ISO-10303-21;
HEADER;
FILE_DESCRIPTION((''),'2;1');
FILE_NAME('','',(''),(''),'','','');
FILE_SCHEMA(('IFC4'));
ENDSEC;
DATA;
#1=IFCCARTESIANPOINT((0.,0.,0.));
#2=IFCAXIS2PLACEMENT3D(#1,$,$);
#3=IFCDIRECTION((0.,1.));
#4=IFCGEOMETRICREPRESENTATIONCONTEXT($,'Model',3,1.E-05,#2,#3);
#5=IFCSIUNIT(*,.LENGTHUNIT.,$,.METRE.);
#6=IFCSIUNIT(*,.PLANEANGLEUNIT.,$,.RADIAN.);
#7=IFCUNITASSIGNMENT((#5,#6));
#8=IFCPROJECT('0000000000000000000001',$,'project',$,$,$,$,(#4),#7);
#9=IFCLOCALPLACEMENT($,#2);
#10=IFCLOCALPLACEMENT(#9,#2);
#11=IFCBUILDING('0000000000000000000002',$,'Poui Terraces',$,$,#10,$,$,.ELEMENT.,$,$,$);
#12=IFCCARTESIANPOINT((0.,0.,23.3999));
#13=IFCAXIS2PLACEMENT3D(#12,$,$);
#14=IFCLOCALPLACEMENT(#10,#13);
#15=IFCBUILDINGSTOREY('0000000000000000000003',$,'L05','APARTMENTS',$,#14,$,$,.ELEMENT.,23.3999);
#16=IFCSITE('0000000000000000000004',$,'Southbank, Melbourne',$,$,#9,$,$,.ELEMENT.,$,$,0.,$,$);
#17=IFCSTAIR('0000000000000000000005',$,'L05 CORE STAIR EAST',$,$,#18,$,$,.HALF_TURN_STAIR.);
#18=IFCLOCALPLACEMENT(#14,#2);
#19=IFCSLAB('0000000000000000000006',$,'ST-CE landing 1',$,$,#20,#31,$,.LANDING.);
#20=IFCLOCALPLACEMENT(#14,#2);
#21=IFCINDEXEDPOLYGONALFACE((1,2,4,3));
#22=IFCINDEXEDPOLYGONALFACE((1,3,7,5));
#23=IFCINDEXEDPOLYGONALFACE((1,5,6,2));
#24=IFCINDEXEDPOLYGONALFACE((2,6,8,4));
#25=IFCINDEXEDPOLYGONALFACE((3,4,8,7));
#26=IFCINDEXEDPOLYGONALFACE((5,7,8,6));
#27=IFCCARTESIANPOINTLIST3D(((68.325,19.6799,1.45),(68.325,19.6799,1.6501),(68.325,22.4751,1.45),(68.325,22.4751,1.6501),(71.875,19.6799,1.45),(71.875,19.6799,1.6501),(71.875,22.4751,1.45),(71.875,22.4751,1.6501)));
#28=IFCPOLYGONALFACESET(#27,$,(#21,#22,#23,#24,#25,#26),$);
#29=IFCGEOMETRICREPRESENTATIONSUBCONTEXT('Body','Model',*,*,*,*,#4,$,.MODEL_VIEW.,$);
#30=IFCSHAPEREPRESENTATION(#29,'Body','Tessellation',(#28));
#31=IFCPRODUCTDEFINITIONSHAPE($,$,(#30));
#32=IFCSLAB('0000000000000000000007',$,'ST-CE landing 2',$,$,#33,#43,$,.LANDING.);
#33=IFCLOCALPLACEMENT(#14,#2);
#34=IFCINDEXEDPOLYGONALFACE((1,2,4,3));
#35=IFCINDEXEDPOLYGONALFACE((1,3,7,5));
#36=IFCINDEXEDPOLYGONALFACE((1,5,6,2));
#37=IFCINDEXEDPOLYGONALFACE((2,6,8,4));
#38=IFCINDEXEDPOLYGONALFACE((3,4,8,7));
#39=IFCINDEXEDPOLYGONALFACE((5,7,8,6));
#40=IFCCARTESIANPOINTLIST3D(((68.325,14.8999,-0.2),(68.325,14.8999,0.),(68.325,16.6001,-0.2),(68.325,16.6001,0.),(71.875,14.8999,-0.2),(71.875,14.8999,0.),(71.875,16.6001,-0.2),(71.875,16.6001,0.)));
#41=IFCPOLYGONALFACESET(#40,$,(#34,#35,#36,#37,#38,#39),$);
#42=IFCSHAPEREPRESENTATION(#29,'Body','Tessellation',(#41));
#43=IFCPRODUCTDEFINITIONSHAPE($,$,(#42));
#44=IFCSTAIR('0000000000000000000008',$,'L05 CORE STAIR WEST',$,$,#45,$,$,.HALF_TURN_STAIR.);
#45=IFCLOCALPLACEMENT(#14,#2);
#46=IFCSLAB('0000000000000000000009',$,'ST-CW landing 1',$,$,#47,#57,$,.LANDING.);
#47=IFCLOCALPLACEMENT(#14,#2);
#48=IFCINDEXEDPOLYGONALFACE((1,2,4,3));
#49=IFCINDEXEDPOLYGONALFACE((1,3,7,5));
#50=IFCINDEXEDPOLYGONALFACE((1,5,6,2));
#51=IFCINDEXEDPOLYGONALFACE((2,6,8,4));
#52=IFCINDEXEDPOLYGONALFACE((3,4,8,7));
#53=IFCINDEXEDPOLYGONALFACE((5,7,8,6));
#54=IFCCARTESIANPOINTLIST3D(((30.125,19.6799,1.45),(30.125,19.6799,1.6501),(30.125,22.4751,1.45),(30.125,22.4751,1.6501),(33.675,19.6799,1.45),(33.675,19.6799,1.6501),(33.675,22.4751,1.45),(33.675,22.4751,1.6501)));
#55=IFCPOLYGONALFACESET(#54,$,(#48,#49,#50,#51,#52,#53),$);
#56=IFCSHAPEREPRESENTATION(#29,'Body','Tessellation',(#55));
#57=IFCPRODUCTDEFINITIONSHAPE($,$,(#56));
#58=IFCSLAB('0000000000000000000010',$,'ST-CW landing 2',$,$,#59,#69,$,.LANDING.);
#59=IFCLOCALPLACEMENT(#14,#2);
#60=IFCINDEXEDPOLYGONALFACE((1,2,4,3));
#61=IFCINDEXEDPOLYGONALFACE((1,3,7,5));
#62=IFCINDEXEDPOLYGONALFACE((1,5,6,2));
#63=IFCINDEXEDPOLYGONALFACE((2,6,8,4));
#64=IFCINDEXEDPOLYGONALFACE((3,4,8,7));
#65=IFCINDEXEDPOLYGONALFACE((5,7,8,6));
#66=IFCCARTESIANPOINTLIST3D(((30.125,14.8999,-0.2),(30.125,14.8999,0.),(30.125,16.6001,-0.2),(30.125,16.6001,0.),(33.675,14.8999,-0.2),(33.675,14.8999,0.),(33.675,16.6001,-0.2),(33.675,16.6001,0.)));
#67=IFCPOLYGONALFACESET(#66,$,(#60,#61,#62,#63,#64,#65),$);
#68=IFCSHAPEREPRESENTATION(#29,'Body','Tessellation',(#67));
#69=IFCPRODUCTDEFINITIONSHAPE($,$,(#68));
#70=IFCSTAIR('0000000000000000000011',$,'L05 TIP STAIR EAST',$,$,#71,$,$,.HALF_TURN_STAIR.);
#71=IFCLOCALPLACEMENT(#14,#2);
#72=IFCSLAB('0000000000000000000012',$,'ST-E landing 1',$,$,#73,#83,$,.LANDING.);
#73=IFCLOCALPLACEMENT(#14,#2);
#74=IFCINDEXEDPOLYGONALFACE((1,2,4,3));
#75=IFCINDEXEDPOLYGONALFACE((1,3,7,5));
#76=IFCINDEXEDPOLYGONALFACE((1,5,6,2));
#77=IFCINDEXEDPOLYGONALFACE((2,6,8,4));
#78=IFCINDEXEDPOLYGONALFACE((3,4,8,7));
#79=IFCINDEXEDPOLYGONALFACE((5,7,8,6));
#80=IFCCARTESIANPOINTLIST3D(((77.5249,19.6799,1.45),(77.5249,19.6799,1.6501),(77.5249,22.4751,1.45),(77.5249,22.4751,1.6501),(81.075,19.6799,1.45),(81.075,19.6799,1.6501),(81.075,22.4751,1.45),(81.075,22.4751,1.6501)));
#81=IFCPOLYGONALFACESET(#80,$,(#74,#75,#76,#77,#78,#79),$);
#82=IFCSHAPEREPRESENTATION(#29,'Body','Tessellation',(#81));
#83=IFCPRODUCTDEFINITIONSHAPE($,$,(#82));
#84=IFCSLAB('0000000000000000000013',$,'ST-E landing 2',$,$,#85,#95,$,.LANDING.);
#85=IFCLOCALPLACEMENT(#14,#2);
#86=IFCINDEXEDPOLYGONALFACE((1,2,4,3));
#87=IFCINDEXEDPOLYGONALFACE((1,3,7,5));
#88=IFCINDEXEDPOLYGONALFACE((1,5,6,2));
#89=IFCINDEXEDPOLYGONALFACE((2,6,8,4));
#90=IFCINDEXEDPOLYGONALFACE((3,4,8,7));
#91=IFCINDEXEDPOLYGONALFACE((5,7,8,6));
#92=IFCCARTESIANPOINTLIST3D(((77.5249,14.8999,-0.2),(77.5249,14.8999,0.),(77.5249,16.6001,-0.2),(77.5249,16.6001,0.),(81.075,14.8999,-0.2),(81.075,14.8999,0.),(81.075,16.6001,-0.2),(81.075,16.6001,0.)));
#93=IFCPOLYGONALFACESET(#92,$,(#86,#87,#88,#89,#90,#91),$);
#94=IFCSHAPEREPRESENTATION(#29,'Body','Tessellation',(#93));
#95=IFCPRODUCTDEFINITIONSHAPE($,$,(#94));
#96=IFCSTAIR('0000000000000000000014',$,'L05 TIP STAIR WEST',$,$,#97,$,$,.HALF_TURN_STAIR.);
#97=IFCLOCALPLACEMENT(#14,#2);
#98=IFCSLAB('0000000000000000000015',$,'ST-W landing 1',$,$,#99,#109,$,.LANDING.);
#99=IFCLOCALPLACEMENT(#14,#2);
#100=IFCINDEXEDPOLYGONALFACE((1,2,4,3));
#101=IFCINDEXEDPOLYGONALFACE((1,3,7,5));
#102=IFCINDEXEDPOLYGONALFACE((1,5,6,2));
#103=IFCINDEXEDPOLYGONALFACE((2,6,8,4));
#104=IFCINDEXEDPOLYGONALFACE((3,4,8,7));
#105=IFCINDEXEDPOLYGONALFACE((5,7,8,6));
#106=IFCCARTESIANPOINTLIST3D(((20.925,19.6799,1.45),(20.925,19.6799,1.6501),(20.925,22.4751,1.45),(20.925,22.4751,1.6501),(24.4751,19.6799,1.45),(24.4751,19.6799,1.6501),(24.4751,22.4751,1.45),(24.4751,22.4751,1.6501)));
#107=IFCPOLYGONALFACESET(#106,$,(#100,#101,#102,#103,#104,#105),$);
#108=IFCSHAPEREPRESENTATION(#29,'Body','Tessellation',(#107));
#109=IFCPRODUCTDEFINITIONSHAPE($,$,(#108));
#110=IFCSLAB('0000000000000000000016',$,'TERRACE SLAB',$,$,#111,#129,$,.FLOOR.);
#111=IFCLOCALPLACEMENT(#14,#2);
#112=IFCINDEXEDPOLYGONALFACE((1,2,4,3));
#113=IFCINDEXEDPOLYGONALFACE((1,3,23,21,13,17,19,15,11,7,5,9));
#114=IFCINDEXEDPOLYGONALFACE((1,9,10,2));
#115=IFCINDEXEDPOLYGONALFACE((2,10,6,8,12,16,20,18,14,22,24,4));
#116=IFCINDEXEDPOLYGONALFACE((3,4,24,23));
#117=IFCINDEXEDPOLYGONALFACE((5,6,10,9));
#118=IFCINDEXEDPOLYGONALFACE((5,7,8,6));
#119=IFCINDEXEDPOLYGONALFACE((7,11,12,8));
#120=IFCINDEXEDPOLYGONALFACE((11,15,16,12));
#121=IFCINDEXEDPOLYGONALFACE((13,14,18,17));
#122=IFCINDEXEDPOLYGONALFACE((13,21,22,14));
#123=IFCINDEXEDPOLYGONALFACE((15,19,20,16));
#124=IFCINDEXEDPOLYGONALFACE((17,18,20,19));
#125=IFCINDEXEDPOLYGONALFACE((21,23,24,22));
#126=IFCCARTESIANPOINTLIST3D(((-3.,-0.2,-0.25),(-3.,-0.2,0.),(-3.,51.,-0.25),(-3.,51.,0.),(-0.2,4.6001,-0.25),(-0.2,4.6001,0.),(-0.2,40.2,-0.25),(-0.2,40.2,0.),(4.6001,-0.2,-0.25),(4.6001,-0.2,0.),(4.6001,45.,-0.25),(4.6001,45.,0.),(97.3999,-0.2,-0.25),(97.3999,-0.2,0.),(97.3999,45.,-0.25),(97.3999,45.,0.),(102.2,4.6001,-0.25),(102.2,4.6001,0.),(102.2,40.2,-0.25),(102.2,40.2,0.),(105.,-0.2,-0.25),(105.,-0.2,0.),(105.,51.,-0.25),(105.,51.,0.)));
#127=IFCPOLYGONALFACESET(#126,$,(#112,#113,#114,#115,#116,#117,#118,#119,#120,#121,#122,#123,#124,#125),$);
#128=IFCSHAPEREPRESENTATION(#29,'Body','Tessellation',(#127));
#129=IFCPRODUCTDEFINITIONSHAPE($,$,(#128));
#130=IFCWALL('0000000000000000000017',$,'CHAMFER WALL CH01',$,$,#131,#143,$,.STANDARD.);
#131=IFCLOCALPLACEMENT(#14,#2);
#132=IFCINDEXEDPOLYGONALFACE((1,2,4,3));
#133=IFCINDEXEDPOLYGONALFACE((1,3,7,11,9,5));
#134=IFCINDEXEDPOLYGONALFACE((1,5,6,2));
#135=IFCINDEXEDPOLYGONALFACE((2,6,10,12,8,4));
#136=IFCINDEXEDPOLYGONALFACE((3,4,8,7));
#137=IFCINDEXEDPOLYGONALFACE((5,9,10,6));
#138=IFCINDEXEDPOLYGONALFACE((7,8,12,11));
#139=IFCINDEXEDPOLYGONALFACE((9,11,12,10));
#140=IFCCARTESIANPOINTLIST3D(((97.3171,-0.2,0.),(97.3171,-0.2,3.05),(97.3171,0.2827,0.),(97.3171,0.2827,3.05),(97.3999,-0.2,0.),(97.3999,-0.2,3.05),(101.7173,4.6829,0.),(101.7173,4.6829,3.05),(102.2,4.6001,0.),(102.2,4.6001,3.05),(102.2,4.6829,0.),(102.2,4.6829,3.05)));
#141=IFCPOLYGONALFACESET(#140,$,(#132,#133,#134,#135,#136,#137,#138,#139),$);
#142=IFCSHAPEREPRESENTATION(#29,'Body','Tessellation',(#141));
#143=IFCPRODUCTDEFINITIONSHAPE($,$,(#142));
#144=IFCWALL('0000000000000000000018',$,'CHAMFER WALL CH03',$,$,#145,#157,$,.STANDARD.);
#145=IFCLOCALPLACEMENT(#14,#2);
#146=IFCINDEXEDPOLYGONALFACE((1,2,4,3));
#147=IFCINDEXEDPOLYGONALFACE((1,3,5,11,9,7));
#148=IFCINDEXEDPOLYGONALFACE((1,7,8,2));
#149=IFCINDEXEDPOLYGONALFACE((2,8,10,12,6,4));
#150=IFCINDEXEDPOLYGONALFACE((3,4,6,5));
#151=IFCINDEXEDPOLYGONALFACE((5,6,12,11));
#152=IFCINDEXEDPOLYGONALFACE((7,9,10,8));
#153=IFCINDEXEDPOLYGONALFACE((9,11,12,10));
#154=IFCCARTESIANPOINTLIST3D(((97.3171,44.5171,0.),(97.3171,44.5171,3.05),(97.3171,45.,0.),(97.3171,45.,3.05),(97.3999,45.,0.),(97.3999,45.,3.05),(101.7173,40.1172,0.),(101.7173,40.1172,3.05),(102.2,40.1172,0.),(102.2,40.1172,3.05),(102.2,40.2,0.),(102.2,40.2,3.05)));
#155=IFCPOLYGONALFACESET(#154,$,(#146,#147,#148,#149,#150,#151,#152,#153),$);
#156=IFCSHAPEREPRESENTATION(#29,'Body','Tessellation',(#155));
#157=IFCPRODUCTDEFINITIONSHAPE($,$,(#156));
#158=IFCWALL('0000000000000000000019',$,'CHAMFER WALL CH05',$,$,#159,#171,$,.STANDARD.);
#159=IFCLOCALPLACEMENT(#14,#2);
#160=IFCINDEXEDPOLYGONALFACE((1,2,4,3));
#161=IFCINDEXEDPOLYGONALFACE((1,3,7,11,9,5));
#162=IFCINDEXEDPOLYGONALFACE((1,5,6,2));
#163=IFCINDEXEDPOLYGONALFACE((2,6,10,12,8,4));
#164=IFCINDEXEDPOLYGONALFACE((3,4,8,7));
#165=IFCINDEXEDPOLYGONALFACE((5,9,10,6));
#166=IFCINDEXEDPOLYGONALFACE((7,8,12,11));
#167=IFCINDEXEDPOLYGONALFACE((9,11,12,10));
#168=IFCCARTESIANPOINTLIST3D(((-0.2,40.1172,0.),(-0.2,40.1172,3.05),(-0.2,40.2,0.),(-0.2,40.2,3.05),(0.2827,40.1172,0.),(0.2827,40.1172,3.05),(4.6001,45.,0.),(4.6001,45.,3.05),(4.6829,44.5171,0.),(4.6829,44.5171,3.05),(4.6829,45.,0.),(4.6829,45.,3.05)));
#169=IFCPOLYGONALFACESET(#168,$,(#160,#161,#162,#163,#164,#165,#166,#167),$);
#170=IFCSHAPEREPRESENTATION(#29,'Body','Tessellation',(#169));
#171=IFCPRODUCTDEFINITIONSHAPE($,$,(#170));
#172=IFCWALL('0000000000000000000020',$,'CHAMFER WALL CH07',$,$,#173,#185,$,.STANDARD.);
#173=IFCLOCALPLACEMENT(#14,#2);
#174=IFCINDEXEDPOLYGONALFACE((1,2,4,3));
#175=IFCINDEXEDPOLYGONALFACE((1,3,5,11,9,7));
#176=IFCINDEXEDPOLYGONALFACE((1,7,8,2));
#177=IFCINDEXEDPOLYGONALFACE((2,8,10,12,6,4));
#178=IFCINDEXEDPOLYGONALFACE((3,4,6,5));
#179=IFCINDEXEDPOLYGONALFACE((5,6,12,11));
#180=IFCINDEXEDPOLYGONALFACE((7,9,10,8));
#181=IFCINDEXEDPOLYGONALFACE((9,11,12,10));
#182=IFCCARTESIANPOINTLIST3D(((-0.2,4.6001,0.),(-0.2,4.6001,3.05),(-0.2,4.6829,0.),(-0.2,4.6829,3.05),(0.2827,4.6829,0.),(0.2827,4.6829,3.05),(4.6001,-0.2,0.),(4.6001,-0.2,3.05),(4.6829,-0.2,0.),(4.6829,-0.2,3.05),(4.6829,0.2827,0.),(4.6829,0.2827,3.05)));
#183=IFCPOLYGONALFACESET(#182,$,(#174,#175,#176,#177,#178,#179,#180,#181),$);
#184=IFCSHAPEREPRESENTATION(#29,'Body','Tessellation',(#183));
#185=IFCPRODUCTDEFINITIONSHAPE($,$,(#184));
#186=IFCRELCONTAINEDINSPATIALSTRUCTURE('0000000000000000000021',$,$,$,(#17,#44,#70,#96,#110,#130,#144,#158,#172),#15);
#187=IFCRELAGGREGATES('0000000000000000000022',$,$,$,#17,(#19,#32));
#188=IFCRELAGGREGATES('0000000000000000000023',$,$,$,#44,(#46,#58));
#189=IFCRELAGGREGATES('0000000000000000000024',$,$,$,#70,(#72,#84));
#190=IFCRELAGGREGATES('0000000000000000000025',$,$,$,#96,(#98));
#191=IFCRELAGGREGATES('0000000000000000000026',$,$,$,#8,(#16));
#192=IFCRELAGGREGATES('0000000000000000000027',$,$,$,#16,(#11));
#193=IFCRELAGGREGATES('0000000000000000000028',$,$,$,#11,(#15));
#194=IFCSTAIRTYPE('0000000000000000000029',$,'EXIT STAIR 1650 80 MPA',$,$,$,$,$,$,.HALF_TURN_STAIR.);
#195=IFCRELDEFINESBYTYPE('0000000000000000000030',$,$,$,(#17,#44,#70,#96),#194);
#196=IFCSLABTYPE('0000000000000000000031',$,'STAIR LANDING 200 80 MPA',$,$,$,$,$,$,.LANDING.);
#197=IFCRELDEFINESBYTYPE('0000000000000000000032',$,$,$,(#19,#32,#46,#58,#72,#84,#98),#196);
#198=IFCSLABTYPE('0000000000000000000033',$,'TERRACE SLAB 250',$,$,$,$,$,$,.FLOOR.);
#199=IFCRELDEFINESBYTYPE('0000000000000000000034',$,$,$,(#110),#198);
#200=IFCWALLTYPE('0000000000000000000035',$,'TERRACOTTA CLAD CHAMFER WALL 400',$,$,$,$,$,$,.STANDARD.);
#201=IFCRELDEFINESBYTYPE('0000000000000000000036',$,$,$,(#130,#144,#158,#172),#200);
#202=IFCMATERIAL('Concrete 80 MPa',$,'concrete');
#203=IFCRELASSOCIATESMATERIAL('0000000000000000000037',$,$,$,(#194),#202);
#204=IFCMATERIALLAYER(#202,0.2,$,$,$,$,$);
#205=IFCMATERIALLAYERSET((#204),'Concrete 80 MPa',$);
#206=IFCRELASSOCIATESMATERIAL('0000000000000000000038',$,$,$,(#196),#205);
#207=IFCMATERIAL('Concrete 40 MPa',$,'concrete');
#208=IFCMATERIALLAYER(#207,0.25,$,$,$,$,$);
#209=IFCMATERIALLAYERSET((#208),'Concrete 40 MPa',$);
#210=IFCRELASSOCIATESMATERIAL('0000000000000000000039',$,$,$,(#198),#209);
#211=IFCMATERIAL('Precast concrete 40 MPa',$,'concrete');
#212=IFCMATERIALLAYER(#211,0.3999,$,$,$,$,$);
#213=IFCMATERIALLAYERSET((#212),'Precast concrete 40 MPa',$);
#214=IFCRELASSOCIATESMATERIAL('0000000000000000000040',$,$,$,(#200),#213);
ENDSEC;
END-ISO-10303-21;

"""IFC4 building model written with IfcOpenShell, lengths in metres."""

from ifc_helpers import new_model, si_unit, direction, frame, origin, place, context, subcontext, project, spatial, polyline, outline, extrude, source, transform, mapped, material, layer, layer_set, type_object, element, aggregate, save


model = new_model("IFC4")

# Units and contexts
model_context = context("Model", 3, precision=1e-05, world=origin(), true_north=direction((0.0, 1.0)))
body_context = subcontext(model_context, "Body", "Model", "MODEL_VIEW")
ifc_project = project(units=[si_unit("LENGTHUNIT", "METRE"), si_unit("PLANEANGLEUNIT", "RADIAN")], contexts=[model_context])

# Site, building, storey
site_placement = place(None, origin())
site = spatial("IfcSite", under=ifc_project, at=site_placement, Name="Southbank, Melbourne", CompositionType="ELEMENT", RefElevation=0.0)
building_placement = place(site_placement, origin())
building = spatial("IfcBuilding", under=site, at=building_placement, Name="Poui Terraces", CompositionType="ELEMENT")
storey_placement = place(building_placement, frame((0.0, 0.0, 23.3999)))
storey = spatial("IfcBuildingStorey", under=building, at=storey_placement, Name="L05", Description="APARTMENTS", CompositionType="ELEMENT", Elevation=23.3999)

# Stairs, slabs
ifc_material_1 = material(Name="Concrete 80 MPa", Category="concrete")
stair_type = type_object("IfcStairType", Name="EXIT STAIR 1650 80 MPA", PredefinedType="HALF_TURN_STAIR", material=ifc_material_1)
stair_1_placement = place(storey_placement, origin())
stair_1 = element("IfcStair", 1, at=stair_1_placement, inside=storey, type_object=stair_type, Name="L05 CORE STAIR EAST", PredefinedType="HALF_TURN_STAIR")
ifc_layer_1 = layer(ifc_material_1, 0.2)
ifc_layer_set_1 = layer_set([ifc_layer_1], Name="Concrete 80 MPa")
slab_type_1 = type_object("IfcSlabType", Name="STAIR LANDING 200 80 MPA", PredefinedType="LANDING", material=ifc_layer_set_1)
slab_1_placement = place(storey_placement, frame((0.0, 0.0, 1.45)))
slab_1 = element("IfcSlab", 2, at=slab_1_placement, type_object=slab_type_1, Name="ST-CE landing 1", PredefinedType="LANDING", context=body_context, shape_type="SweptSolid", body=[
    extrude(outline(polyline([(68.325, 19.6799), (71.875, 19.6799), (71.875, 22.4751), (68.325, 22.4751), (68.325, 19.6799)])), origin(), (0.0, 0.0, 1.0), 0.2002),
])
slab_2_placement = place(storey_placement, frame((0.0, 0.0, -0.2)))
slab_2 = element("IfcSlab", 3, at=slab_2_placement, type_object=slab_type_1, Name="ST-CE landing 2", PredefinedType="LANDING", context=body_context, shape_type="SweptSolid", body=[
    extrude(outline(polyline([(68.325, 14.8999), (71.875, 14.8999), (71.875, 16.6001), (68.325, 16.6001), (68.325, 14.8999)])), origin(), (0.0, 0.0, 1.0), 0.2),
])
aggregate(stair_1, [slab_1, slab_2])
stair_2_placement = place(storey_placement, origin())
stair_2 = element("IfcStair", 4, at=stair_2_placement, inside=storey, type_object=stair_type, Name="L05 CORE STAIR WEST", PredefinedType="HALF_TURN_STAIR")
slab_3_placement = place(storey_placement, frame((0.0, 0.0, 1.45)))
slab_3 = element("IfcSlab", 5, at=slab_3_placement, type_object=slab_type_1, Name="ST-CW landing 1", PredefinedType="LANDING", context=body_context, shape_type="SweptSolid", body=[
    extrude(outline(polyline([(30.125, 19.6799), (33.675, 19.6799), (33.675, 22.4751), (30.125, 22.4751), (30.125, 19.6799)])), origin(), (0.0, 0.0, 1.0), 0.2002),
])
slab_4_placement = place(storey_placement, frame((0.0, 0.0, -0.2)))
slab_4 = element("IfcSlab", 6, at=slab_4_placement, type_object=slab_type_1, Name="ST-CW landing 2", PredefinedType="LANDING", context=body_context, shape_type="SweptSolid", body=[
    extrude(outline(polyline([(30.125, 14.8999), (33.675, 14.8999), (33.675, 16.6001), (30.125, 16.6001), (30.125, 14.8999)])), origin(), (0.0, 0.0, 1.0), 0.2),
])
aggregate(stair_2, [slab_3, slab_4])
stair_3_placement = place(storey_placement, origin())
stair_3 = element("IfcStair", 7, at=stair_3_placement, inside=storey, type_object=stair_type, Name="L05 TIP STAIR EAST", PredefinedType="HALF_TURN_STAIR")
slab_5_placement = place(storey_placement, frame((0.0, 0.0, 1.45)))
slab_5 = element("IfcSlab", 8, at=slab_5_placement, type_object=slab_type_1, Name="ST-E landing 1", PredefinedType="LANDING", context=body_context, shape_type="SweptSolid", body=[
    extrude(outline(polyline([(77.5249, 19.6799), (81.075, 19.6799), (81.075, 22.4751), (77.5249, 22.4751), (77.5249, 19.6799)])), origin(), (0.0, 0.0, 1.0), 0.2002),
])
slab_6_placement = place(storey_placement, frame((0.0, 0.0, -0.2)))
slab_6 = element("IfcSlab", 9, at=slab_6_placement, type_object=slab_type_1, Name="ST-E landing 2", PredefinedType="LANDING", context=body_context, shape_type="SweptSolid", body=[
    extrude(outline(polyline([(77.5249, 14.8999), (81.075, 14.8999), (81.075, 16.6001), (77.5249, 16.6001), (77.5249, 14.8999)])), origin(), (0.0, 0.0, 1.0), 0.2),
])
aggregate(stair_3, [slab_5, slab_6])

# Stair, slab
stair_4_placement = place(storey_placement, origin())
stair_4 = element("IfcStair", 10, at=stair_4_placement, inside=storey, type_object=stair_type, Name="L05 TIP STAIR WEST", PredefinedType="HALF_TURN_STAIR")
slab_7_placement = place(storey_placement, frame((0.0, 0.0, 1.45)))
slab_7 = element("IfcSlab", 11, at=slab_7_placement, type_object=slab_type_1, Name="ST-W landing 1", PredefinedType="LANDING", context=body_context, shape_type="SweptSolid", body=[
    extrude(outline(polyline([(20.925, 19.6799), (24.4751, 19.6799), (24.4751, 22.4751), (20.925, 22.4751), (20.925, 19.6799)])), origin(), (0.0, 0.0, 1.0), 0.2002),
])
aggregate(stair_4, [slab_7])

# Slab
ifc_material_2 = material(Name="Concrete 40 MPa", Category="concrete")
ifc_layer_2 = layer(ifc_material_2, 0.25)
ifc_layer_set_2 = layer_set([ifc_layer_2], Name="Concrete 40 MPa")
slab_type_2 = type_object("IfcSlabType", Name="TERRACE SLAB 250", PredefinedType="FLOOR", material=ifc_layer_set_2)
shared_shape = source(origin(), body_context, "Body", "SweptSolid", [
    extrude(outline(polyline([(0.0, 0.0), (7.6001, 0.0), (2.8, 4.8), (2.8, 40.3999), (7.6001, 45.2), (100.3999, 45.2), (105.2, 40.3999), (105.2, 4.8), (100.3999, 0.0), (108.0, 0.0), (108.0, 51.2), (0.0, 51.2), (0.0, 0.0)])), origin(), (0.0, 0.0, 1.0), 0.25),
])
slab_8_placement = place(storey_placement, frame((-3.0, -0.2, -0.25)))
element("IfcSlab", 12, at=slab_8_placement, inside=storey, type_object=slab_type_2, Name="TERRACE SLAB", PredefinedType="FLOOR", context=body_context, shape_type="MappedRepresentation", body=[
    mapped(shared_shape, transform((0.0, 0.0, 0.0))),
])

# Walls
ifc_material_3 = material(Name="Precast concrete 40 MPa", Category="concrete")
ifc_layer_3 = layer(ifc_material_3, 0.3999)
ifc_layer_set_3 = layer_set([ifc_layer_3], Name="Precast concrete 40 MPa")
wall_type = type_object("IfcWallType", Name="TERRACOTTA CLAD CHAMFER WALL 400", PredefinedType="STANDARD", material=ifc_layer_set_3)
wall_1_placement = place(storey_placement, origin())
element("IfcWall", 13, at=wall_1_placement, inside=storey, type_object=wall_type, Name="CHAMFER WALL CH01", PredefinedType="STANDARD", context=body_context, shape_type="SweptSolid", body=[
    extrude(outline(polyline([(97.3171, -0.2), (97.3999, -0.2), (102.2, 4.6001), (102.2, 4.6829), (101.7173, 4.6829), (97.3171, 0.2827), (97.3171, -0.2)])), origin(), (0.0, 0.0, 1.0), 3.05),
])
wall_2_placement = place(storey_placement, origin())
element("IfcWall", 14, at=wall_2_placement, inside=storey, type_object=wall_type, Name="CHAMFER WALL CH03", PredefinedType="STANDARD", context=body_context, shape_type="SweptSolid", body=[
    extrude(outline(polyline([(102.2, 40.1172), (102.2, 40.2), (97.3999, 45.0), (97.3171, 45.0), (97.3171, 44.5171), (101.7173, 40.1172), (102.2, 40.1172)])), origin(), (0.0, 0.0, 1.0), 3.05),
])
wall_3_placement = place(storey_placement, origin())
element("IfcWall", 15, at=wall_3_placement, inside=storey, type_object=wall_type, Name="CHAMFER WALL CH05", PredefinedType="STANDARD", context=body_context, shape_type="SweptSolid", body=[
    extrude(outline(polyline([(4.6829, 45.0), (4.6001, 45.0), (-0.2, 40.2), (-0.2, 40.1172), (0.2827, 40.1172), (4.6829, 44.5171), (4.6829, 45.0)])), origin(), (0.0, 0.0, 1.0), 3.05),
])
wall_4_placement = place(storey_placement, origin())
element("IfcWall", 16, at=wall_4_placement, inside=storey, type_object=wall_type, Name="CHAMFER WALL CH07", PredefinedType="STANDARD", context=body_context, shape_type="SweptSolid", body=[
    extrude(outline(polyline([(-0.2, 4.6829), (-0.2, 4.6001), (4.6001, -0.2), (4.6829, -0.2), (4.6829, 0.2827), (0.2827, 4.6829), (-0.2, 4.6829)])), origin(), (0.0, 0.0, 1.0), 3.05),
])

save(model, "model.ifc")
